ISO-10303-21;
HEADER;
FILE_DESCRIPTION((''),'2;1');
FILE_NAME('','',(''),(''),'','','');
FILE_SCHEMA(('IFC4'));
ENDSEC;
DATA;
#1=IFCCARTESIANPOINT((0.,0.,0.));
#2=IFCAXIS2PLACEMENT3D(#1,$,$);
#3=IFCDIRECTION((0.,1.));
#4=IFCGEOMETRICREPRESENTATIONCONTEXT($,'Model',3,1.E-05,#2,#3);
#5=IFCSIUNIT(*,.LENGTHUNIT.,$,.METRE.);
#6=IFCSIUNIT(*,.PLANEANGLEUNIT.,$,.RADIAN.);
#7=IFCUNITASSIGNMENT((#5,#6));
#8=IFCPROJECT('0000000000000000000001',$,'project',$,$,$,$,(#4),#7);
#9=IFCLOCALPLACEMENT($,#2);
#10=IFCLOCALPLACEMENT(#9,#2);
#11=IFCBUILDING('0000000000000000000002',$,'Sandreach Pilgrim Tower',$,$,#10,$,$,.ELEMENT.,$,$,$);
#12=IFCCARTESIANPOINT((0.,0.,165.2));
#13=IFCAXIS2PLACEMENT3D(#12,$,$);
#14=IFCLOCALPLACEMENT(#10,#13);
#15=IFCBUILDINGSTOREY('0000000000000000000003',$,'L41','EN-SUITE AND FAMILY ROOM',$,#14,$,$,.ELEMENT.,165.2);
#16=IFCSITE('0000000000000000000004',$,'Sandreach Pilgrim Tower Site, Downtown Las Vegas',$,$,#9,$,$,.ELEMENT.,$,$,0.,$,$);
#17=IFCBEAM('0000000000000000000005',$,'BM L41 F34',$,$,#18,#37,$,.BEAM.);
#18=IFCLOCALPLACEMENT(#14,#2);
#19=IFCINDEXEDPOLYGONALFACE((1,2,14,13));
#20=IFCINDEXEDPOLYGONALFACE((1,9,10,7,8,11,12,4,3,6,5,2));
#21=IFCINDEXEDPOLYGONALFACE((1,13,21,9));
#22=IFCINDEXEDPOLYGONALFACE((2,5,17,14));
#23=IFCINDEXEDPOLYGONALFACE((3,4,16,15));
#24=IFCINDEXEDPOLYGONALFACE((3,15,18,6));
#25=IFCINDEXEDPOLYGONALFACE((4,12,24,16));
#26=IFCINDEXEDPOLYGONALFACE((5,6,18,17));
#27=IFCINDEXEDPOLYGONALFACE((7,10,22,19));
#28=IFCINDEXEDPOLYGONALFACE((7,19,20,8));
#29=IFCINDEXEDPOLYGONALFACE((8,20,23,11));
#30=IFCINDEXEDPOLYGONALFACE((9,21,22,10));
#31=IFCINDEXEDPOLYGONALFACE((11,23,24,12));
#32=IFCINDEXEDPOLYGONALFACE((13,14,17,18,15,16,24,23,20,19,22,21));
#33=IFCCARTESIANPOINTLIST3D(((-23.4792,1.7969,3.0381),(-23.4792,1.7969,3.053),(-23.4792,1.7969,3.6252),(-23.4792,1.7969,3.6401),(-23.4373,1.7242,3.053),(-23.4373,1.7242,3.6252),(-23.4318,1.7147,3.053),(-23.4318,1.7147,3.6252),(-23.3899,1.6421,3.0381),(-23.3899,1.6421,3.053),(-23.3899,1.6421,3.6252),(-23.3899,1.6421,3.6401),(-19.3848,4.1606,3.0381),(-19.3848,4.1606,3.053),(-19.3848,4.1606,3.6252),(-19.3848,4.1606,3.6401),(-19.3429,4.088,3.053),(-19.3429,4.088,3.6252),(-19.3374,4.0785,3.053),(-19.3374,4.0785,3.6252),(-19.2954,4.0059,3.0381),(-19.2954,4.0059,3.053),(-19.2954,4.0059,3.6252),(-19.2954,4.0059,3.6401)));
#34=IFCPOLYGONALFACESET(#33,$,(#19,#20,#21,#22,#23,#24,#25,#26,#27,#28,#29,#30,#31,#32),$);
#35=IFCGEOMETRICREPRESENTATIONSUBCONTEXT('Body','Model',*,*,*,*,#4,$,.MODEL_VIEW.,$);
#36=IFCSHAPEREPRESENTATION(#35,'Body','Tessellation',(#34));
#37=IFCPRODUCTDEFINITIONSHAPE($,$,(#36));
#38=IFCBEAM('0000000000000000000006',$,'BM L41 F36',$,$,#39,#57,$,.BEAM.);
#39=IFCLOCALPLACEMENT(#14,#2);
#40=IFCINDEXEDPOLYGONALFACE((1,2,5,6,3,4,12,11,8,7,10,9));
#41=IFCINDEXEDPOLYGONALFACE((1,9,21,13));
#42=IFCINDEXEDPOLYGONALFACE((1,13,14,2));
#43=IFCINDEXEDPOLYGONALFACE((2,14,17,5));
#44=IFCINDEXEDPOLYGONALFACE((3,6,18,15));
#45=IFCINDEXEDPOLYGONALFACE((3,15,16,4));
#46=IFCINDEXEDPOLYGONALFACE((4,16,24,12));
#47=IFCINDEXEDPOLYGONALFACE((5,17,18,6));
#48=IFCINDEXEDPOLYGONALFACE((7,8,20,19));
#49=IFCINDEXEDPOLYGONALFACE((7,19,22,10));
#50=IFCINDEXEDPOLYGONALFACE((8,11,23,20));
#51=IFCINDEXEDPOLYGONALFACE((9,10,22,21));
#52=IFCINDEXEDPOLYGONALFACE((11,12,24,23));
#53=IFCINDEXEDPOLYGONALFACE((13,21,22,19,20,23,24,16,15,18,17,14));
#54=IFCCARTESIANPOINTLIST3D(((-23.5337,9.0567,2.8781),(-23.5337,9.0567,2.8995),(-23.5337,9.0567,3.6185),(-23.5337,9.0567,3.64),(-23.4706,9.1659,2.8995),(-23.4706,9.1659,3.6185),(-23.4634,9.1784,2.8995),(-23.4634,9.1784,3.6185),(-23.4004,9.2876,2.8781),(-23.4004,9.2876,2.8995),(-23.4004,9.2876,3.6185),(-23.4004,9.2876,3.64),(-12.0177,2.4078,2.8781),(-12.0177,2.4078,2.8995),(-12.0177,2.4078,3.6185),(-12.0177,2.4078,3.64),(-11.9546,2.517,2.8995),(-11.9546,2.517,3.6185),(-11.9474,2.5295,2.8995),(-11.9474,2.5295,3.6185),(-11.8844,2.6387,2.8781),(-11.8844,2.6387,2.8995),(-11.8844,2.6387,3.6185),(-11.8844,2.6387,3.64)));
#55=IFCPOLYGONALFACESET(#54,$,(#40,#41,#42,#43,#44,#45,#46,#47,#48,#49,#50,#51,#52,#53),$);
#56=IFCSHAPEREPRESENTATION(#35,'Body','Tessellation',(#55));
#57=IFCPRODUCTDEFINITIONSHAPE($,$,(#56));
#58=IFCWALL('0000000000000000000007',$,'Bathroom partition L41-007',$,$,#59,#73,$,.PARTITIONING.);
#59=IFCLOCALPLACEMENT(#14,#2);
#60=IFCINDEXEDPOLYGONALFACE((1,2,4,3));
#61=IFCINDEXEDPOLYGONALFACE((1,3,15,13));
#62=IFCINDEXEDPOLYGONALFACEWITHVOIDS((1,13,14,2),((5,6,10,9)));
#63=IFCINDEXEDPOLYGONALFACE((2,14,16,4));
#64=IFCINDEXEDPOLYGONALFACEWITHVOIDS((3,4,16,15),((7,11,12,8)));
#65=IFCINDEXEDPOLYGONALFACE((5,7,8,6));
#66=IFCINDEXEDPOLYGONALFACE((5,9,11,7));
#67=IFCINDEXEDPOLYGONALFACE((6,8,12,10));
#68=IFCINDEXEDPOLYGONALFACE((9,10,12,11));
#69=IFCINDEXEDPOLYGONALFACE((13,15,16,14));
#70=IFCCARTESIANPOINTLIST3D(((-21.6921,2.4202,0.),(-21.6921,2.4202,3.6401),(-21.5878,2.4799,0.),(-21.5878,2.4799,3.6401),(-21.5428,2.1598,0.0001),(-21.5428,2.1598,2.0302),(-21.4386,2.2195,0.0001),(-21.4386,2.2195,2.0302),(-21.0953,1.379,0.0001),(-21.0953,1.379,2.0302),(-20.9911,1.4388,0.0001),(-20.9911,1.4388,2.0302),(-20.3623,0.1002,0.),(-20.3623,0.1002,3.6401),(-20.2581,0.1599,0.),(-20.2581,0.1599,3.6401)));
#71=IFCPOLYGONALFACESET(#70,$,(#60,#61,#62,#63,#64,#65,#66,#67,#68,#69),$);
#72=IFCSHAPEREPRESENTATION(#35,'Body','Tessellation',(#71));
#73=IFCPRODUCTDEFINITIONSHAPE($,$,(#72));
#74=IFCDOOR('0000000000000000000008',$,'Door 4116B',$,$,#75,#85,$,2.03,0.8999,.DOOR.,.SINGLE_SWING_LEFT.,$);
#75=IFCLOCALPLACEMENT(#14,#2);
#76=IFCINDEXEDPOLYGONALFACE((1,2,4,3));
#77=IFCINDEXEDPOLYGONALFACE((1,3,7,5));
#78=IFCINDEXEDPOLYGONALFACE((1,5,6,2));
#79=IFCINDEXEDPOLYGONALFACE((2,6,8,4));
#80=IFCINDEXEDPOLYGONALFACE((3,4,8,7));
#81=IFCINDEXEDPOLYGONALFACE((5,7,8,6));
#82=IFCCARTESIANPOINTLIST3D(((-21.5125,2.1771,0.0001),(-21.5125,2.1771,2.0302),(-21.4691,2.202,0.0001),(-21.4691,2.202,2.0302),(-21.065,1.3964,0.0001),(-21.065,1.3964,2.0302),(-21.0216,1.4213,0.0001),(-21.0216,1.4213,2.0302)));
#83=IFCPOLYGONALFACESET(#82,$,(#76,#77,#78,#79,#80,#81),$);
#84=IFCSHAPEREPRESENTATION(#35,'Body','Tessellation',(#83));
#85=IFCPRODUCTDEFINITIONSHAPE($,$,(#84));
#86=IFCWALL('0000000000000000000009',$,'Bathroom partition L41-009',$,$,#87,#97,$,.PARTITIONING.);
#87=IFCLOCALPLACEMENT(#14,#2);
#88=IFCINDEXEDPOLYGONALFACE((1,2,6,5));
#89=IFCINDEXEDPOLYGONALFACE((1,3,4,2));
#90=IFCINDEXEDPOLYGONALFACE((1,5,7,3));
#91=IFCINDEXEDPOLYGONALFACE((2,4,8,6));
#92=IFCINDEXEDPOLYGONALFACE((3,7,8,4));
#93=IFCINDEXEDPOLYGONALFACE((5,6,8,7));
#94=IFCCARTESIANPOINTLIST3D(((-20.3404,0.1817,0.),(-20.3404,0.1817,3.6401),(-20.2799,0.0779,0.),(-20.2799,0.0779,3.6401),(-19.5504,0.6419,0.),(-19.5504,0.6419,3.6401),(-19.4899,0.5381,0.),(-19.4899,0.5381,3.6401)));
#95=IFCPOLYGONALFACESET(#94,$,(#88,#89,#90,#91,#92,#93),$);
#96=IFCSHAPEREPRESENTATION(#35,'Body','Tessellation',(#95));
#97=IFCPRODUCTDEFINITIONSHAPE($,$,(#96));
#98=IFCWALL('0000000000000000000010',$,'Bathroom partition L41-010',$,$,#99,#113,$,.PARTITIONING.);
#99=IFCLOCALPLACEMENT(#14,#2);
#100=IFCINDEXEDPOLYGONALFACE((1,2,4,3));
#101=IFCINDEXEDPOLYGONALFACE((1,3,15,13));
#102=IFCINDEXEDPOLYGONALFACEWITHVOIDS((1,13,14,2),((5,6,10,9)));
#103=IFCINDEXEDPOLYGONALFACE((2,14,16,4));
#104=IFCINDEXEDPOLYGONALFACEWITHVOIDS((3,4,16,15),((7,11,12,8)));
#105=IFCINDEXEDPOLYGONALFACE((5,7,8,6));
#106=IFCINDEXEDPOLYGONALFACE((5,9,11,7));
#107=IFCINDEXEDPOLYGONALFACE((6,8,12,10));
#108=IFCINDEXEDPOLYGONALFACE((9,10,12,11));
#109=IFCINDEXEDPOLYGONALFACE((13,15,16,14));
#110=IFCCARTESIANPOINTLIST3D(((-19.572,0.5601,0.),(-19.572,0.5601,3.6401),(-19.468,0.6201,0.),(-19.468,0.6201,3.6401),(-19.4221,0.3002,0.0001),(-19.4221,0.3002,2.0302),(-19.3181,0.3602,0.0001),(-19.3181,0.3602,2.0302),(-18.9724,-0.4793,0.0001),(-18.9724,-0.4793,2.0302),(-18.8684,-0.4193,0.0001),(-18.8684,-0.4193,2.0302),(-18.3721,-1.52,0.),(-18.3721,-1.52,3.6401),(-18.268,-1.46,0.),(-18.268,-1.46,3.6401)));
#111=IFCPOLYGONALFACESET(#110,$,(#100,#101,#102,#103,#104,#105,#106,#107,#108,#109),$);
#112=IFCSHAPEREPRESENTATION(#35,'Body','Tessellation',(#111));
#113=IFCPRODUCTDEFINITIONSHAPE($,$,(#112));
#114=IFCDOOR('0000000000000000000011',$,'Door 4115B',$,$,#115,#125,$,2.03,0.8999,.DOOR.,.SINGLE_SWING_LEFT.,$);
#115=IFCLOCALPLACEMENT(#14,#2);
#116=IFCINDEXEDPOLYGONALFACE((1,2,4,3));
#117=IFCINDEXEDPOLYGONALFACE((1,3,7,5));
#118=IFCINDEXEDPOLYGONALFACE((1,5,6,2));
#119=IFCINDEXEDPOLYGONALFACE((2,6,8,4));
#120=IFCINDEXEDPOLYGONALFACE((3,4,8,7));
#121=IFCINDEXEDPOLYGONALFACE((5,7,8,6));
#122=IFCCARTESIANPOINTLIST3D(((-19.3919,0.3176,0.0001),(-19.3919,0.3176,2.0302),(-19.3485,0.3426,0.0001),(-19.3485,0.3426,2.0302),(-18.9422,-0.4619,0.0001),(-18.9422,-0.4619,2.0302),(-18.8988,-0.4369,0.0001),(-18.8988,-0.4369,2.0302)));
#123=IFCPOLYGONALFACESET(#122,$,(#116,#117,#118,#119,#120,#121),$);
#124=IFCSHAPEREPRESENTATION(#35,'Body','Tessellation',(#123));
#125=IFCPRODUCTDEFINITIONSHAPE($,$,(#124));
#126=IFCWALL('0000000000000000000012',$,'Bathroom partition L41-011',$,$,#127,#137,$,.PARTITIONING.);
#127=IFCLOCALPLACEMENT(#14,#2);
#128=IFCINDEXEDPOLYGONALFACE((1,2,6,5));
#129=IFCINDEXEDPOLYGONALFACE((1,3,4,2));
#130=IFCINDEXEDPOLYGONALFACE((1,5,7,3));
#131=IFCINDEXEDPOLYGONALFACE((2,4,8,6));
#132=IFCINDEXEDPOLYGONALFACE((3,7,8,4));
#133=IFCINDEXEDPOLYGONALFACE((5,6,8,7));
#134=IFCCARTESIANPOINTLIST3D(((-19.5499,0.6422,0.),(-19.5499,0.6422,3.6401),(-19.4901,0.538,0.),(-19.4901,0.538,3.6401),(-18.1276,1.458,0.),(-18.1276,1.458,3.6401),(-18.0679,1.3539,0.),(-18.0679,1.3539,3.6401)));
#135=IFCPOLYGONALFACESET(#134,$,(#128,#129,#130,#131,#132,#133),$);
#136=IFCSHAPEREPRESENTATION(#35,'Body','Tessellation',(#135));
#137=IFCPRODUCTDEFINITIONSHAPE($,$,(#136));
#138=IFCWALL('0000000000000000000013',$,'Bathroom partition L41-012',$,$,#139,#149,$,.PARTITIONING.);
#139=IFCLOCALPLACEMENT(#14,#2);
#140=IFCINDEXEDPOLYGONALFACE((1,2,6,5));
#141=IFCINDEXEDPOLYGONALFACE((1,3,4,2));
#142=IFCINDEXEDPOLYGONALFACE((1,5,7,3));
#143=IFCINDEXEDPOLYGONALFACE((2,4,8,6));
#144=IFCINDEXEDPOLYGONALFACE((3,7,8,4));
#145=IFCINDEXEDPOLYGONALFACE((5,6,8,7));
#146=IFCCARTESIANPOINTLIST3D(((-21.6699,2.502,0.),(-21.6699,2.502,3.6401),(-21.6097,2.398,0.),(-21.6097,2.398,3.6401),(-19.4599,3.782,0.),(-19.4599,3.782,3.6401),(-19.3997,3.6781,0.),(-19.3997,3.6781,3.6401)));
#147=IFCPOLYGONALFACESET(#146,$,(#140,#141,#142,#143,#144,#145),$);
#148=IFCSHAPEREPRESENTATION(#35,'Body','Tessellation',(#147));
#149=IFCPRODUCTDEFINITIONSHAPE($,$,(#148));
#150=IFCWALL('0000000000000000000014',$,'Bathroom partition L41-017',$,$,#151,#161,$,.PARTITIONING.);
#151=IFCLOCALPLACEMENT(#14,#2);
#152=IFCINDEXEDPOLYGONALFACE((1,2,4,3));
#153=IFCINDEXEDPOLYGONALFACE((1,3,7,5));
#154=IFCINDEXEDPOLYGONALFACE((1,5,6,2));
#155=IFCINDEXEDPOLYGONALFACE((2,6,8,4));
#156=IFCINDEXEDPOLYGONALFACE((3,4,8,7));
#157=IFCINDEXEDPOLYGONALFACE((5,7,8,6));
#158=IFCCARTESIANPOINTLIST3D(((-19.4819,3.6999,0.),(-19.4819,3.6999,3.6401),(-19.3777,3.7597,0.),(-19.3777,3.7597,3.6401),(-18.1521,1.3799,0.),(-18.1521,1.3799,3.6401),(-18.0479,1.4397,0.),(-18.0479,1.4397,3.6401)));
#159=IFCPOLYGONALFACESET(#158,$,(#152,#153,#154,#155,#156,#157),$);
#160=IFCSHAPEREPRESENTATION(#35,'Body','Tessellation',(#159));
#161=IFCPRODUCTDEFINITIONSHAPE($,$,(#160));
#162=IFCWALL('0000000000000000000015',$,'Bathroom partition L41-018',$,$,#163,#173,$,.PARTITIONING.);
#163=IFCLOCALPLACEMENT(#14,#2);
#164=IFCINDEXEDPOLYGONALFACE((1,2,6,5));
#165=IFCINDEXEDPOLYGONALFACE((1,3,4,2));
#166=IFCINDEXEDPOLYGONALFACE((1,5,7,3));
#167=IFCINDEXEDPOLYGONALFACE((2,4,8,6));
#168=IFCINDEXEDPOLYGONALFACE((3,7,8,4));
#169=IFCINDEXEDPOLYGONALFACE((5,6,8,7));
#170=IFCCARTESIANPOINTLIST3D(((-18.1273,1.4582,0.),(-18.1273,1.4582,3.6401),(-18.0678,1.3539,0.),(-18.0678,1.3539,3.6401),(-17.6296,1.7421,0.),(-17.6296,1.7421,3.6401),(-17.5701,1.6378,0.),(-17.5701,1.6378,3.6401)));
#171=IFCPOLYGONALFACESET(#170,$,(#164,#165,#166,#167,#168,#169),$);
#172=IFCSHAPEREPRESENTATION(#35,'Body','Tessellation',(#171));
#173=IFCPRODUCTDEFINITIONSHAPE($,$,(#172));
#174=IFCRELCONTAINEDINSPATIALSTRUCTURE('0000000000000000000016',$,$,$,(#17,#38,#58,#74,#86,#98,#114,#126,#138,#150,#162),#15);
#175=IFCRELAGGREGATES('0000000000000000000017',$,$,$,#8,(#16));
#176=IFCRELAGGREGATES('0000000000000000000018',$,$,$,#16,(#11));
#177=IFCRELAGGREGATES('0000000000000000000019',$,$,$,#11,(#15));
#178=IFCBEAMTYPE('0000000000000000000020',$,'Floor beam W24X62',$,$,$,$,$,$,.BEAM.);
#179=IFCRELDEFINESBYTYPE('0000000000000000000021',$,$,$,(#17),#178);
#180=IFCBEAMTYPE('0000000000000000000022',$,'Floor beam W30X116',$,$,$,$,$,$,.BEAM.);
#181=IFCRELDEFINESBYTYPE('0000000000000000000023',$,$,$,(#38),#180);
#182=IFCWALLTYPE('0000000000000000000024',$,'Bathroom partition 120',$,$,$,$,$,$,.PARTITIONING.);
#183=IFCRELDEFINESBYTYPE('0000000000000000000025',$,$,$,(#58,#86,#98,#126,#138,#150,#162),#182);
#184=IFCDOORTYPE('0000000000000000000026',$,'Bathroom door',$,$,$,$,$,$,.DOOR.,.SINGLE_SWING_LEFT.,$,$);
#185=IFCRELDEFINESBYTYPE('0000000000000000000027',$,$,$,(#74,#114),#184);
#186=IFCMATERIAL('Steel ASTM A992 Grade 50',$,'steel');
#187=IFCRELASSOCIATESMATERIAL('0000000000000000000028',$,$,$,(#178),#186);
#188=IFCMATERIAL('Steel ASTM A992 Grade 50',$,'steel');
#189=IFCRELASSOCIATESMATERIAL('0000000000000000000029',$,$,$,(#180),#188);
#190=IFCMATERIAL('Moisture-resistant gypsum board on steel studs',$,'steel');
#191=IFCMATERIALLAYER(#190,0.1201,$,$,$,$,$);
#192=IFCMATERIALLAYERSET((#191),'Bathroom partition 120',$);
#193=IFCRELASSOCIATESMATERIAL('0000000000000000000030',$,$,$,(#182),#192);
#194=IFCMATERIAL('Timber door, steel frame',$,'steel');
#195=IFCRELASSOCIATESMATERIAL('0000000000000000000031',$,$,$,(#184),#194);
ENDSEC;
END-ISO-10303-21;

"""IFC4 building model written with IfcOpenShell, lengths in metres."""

from ifc_helpers import new_model, si_unit, direction, frame, frame_2d, origin, origin_2d, place, context, subcontext, project, spatial, rectangle, i_section, extrude, material, layer, layer_set, material_profile, profile_set, type_object, element, fill, save


model = new_model("IFC4")

# Units and contexts
model_context = context("Model", 3, precision=1e-05, world=origin(), true_north=direction((0.0, 1.0)))
body_context = subcontext(model_context, "Body", "Model", "MODEL_VIEW")
ifc_project = project(units=[si_unit("LENGTHUNIT", "METRE"), si_unit("PLANEANGLEUNIT", "RADIAN")], contexts=[model_context])

# Site, building, storey
site_placement = place(None, origin())
site = spatial("IfcSite", under=ifc_project, at=site_placement, Name="Sandreach Pilgrim Tower Site, Downtown Las Vegas", CompositionType="ELEMENT", RefElevation=0.0)
building_placement = place(site_placement, origin())
building = spatial("IfcBuilding", under=site, at=building_placement, Name="Sandreach Pilgrim Tower", CompositionType="ELEMENT")
storey_placement = place(building_placement, frame((0.0, 0.0, 165.2)))
storey = spatial("IfcBuildingStorey", under=building, at=storey_placement, Name="L41", Description="EN-SUITE AND FAMILY ROOM", CompositionType="ELEMENT", Elevation=165.2)

# Beams
ifc_material_1 = material(Name="Steel ASTM A992 Grade 50", Category="steel")
ifc_material_profile_1 = material_profile(ifc_material_1, i_section(OverallWidth=0.1787, OverallDepth=0.6021, WebThickness=0.011, FlangeThickness=0.0149, at=origin_2d()), Name="W24X62")
ifc_profile_set_1 = profile_set([ifc_material_profile_1], Name="Steel ASTM A992 Grade 50")
beam_type_1 = type_object("IfcBeamType", Name="Floor beam W24X62", PredefinedType="BEAM", material=ifc_profile_set_1)
beam_1_placement = place(storey_placement, frame((-23.4346, 1.7195, 3.3391), z_axis=(0.866042, 0.499971, 0.0), x_axis=(-0.499971, 0.866042, 0.0)))
element("IfcBeam", 1, at=beam_1_placement, inside=storey, type_object=beam_type_1, Name="BM L41 F34", PredefinedType="BEAM", context=body_context, shape_type="SweptSolid", body=[
    extrude(i_section(OverallWidth=0.1787, OverallDepth=0.6021, WebThickness=0.011, FlangeThickness=0.0149, at=origin_2d()), origin(), (0.0, 0.0, 1.0), 4.7278),
])
ifc_material_2 = material(Name="Steel ASTM A992 Grade 50", Category="steel")
ifc_material_profile_2 = material_profile(ifc_material_2, i_section(OverallWidth=0.2666, OverallDepth=0.762, WebThickness=0.0144, FlangeThickness=0.0215, at=origin_2d()), Name="W30X116")
ifc_profile_set_2 = profile_set([ifc_material_profile_2], Name="Steel ASTM A992 Grade 50")
beam_type_2 = type_object("IfcBeamType", Name="Floor beam W30X116", PredefinedType="BEAM", material=ifc_profile_set_2)
beam_2_placement = place(storey_placement, frame((-23.467, 9.1721, 3.259), z_axis=(0.866022, -0.500005, 0.0), x_axis=(0.500005, 0.866022, 0.0)))
element("IfcBeam", 2, at=beam_2_placement, inside=storey, type_object=beam_type_2, Name="BM L41 F36", PredefinedType="BEAM", context=body_context, shape_type="SweptSolid", body=[
    extrude(i_section(OverallWidth=0.2666, OverallDepth=0.762, WebThickness=0.0144, FlangeThickness=0.0215, at=origin_2d()), origin(), (0.0, 0.0, 1.0), 13.2976),
])

# Wall, opening, door
ifc_material_3 = material(Name="Moisture-resistant gypsum board on steel studs", Category="steel")
ifc_layer_1 = layer(ifc_material_3, 0.1201)
ifc_layer_set_1 = layer_set([ifc_layer_1], Name="Bathroom partition 120")
wall_type_1 = type_object("IfcWallType", Name="Bathroom partition 120", PredefinedType="PARTITIONING", material=ifc_layer_set_1)
wall_1_placement = place(storey_placement, frame((-21.6399, 2.45, 0.0), z_axis=(0.0, 0.0, 1.0), x_axis=(0.497289, -0.867585, 0.0)))
wall_1 = element("IfcWall", 3, at=wall_1_placement, inside=storey, type_object=wall_type_1, Name="Bathroom partition L41-007", PredefinedType="PARTITIONING", context=body_context, shape_type="SweptSolid", body=[
    extrude(rectangle(XDim=2.6741, YDim=0.1201, at=frame_2d((1.3369, 0.0))), origin(), (0.0, 0.0, 1.0), 3.6401),
])
opening_1_placement = place(wall_1_placement, frame((0.3, 0.0, 0.0)))
opening_1 = element("IfcOpeningElement", 4, at=opening_1_placement, cuts=wall_1, PredefinedType="OPENING", context=body_context, shape_type="SweptSolid", body=[
    extrude(rectangle(XDim=0.8999, YDim=2.03, at=frame_2d((0.45, 1.0151))), frame((0.0, 0.0601, 0.0), z_axis=(0.0, -1.0, 0.0), x_axis=(1.0, 0.0, 0.0)), (0.0, 0.0, 1.0), 0.1201),
])
ifc_material_4 = material(Name="Timber door, steel frame", Category="steel")
door_type_1 = type_object("IfcDoorType", Name="Bathroom door", OperationType="SINGLE_SWING_LEFT", PredefinedType="DOOR", material=ifc_material_4)
door_1_placement = place(opening_1_placement, origin())
door_1 = element("IfcDoor", 5, at=door_1_placement, inside=storey, type_object=door_type_1, Name="Door 4116B", OperationType="SINGLE_SWING_LEFT", OverallHeight=2.03, OverallWidth=0.8999, PredefinedType="DOOR", context=body_context, shape_type="SweptSolid", body=[
    extrude(rectangle(XDim=0.8999, YDim=2.03, at=frame_2d((0.45, 1.0151))), frame((0.0, 0.0249, 0.0), z_axis=(0.0, -1.0, 0.0), x_axis=(1.0, 0.0, 0.0)), (0.0, 0.0, 1.0), 0.05),
])
fill(opening_1, door_1)

# Wall
wall_2_placement = place(storey_placement, frame((-20.3101, 0.1299, 0.0), z_axis=(0.0, 0.0, 1.0), x_axis=(0.864089, 0.50334, 0.0)))
element("IfcWall", 6, at=wall_2_placement, inside=storey, type_object=wall_type_1, Name="Bathroom partition L41-009", PredefinedType="PARTITIONING", context=body_context, shape_type="SweptSolid", body=[
    extrude(rectangle(XDim=0.9143, YDim=0.1201, at=frame_2d((0.457, 0.0))), origin(), (0.0, 0.0, 1.0), 3.6401),
])

# Wall, opening, door
wall_3_placement = place(storey_placement, frame((-19.52, 0.5901, 0.0), z_axis=(0.0, 0.0, 1.0), x_axis=(0.499693, -0.866203, 0.0)))
wall_3 = element("IfcWall", 7, at=wall_3_placement, inside=storey, type_object=wall_type_1, Name="Bathroom partition L41-010", PredefinedType="PARTITIONING", context=body_context, shape_type="SweptSolid", body=[
    extrude(rectangle(XDim=2.4014, YDim=0.1201, at=frame_2d((1.2007, 0.0))), origin(), (0.0, 0.0, 1.0), 3.6401),
])
opening_2_placement = place(wall_3_placement, frame((0.3, 0.0, 0.0)))
opening_2 = element("IfcOpeningElement", 8, at=opening_2_placement, cuts=wall_3, PredefinedType="OPENING", context=body_context, shape_type="SweptSolid", body=[
    extrude(rectangle(XDim=0.8999, YDim=2.03, at=frame_2d((0.45, 1.0151))), frame((0.0, 0.0601, 0.0), z_axis=(0.0, -1.0, 0.0), x_axis=(1.0, 0.0, 0.0)), (0.0, 0.0, 1.0), 0.1201),
])
door_2_placement = place(opening_2_placement, origin())
door_2 = element("IfcDoor", 9, at=door_2_placement, inside=storey, type_object=door_type_1, Name="Door 4115B", OperationType="SINGLE_SWING_LEFT", OverallHeight=2.03, OverallWidth=0.8999, PredefinedType="DOOR", context=body_context, shape_type="SweptSolid", body=[
    extrude(rectangle(XDim=0.8999, YDim=2.03, at=frame_2d((0.45, 1.0151))), frame((0.0, 0.0249, 0.0), z_axis=(0.0, -1.0, 0.0), x_axis=(1.0, 0.0, 0.0)), (0.0, 0.0, 1.0), 0.05),
])
fill(opening_2, door_2)

# Walls
wall_4_placement = place(storey_placement, frame((-19.52, 0.5901, 0.0), z_axis=(0.0, 0.0, 1.0), x_axis=(0.867417, 0.497581, 0.0)))
element("IfcWall", 10, at=wall_4_placement, inside=storey, type_object=wall_type_1, Name="Bathroom partition L41-011", PredefinedType="PARTITIONING", context=body_context, shape_type="SweptSolid", body=[
    extrude(rectangle(XDim=1.6396, YDim=0.1201, at=frame_2d((0.8198, 0.0))), origin(), (0.0, 0.0, 1.0), 3.6401),
])
wall_5_placement = place(storey_placement, frame((-19.4299, 3.73, 0.0), z_axis=(0.0, 0.0, 1.0), x_axis=(-0.865328, -0.501206, 0.0)))
element("IfcWall", 11, at=wall_5_placement, inside=storey, type_object=wall_type_1, Name="Bathroom partition L41-012", PredefinedType="PARTITIONING", context=body_context, shape_type="SweptSolid", body=[
    extrude(rectangle(XDim=2.554, YDim=0.1201, at=frame_2d((1.2769, 0.0))), origin(), (0.0, 0.0, 1.0), 3.6401),
])
wall_6_placement = place(storey_placement, frame((-18.1001, 1.4099, 0.0), z_axis=(0.0, 0.0, 1.0), x_axis=(-0.497289, 0.867585, 0.0)))
element("IfcWall", 12, at=wall_6_placement, inside=storey, type_object=wall_type_1, Name="Bathroom partition L41-017", PredefinedType="PARTITIONING", context=body_context, shape_type="SweptSolid", body=[
    extrude(rectangle(XDim=2.6741, YDim=0.1201, at=frame_2d((1.3369, 0.0))), origin(), (0.0, 0.0, 1.0), 3.6401),
])
wall_7_placement = place(storey_placement, frame((-18.0977, 1.406, 0.0), z_axis=(0.0, 0.0, 1.0), x_axis=(0.868636, 0.495451, 0.0)))
element("IfcWall", 13, at=wall_7_placement, inside=storey, type_object=wall_type_1, Name="Bathroom partition L41-018", PredefinedType="PARTITIONING", context=body_context, shape_type="SweptSolid", body=[
    extrude(rectangle(XDim=0.573, YDim=0.1201, at=frame_2d((0.2866, 0.0))), origin(), (0.0, 0.0, 1.0), 3.6401),
])

save(model, "model.ifc")
